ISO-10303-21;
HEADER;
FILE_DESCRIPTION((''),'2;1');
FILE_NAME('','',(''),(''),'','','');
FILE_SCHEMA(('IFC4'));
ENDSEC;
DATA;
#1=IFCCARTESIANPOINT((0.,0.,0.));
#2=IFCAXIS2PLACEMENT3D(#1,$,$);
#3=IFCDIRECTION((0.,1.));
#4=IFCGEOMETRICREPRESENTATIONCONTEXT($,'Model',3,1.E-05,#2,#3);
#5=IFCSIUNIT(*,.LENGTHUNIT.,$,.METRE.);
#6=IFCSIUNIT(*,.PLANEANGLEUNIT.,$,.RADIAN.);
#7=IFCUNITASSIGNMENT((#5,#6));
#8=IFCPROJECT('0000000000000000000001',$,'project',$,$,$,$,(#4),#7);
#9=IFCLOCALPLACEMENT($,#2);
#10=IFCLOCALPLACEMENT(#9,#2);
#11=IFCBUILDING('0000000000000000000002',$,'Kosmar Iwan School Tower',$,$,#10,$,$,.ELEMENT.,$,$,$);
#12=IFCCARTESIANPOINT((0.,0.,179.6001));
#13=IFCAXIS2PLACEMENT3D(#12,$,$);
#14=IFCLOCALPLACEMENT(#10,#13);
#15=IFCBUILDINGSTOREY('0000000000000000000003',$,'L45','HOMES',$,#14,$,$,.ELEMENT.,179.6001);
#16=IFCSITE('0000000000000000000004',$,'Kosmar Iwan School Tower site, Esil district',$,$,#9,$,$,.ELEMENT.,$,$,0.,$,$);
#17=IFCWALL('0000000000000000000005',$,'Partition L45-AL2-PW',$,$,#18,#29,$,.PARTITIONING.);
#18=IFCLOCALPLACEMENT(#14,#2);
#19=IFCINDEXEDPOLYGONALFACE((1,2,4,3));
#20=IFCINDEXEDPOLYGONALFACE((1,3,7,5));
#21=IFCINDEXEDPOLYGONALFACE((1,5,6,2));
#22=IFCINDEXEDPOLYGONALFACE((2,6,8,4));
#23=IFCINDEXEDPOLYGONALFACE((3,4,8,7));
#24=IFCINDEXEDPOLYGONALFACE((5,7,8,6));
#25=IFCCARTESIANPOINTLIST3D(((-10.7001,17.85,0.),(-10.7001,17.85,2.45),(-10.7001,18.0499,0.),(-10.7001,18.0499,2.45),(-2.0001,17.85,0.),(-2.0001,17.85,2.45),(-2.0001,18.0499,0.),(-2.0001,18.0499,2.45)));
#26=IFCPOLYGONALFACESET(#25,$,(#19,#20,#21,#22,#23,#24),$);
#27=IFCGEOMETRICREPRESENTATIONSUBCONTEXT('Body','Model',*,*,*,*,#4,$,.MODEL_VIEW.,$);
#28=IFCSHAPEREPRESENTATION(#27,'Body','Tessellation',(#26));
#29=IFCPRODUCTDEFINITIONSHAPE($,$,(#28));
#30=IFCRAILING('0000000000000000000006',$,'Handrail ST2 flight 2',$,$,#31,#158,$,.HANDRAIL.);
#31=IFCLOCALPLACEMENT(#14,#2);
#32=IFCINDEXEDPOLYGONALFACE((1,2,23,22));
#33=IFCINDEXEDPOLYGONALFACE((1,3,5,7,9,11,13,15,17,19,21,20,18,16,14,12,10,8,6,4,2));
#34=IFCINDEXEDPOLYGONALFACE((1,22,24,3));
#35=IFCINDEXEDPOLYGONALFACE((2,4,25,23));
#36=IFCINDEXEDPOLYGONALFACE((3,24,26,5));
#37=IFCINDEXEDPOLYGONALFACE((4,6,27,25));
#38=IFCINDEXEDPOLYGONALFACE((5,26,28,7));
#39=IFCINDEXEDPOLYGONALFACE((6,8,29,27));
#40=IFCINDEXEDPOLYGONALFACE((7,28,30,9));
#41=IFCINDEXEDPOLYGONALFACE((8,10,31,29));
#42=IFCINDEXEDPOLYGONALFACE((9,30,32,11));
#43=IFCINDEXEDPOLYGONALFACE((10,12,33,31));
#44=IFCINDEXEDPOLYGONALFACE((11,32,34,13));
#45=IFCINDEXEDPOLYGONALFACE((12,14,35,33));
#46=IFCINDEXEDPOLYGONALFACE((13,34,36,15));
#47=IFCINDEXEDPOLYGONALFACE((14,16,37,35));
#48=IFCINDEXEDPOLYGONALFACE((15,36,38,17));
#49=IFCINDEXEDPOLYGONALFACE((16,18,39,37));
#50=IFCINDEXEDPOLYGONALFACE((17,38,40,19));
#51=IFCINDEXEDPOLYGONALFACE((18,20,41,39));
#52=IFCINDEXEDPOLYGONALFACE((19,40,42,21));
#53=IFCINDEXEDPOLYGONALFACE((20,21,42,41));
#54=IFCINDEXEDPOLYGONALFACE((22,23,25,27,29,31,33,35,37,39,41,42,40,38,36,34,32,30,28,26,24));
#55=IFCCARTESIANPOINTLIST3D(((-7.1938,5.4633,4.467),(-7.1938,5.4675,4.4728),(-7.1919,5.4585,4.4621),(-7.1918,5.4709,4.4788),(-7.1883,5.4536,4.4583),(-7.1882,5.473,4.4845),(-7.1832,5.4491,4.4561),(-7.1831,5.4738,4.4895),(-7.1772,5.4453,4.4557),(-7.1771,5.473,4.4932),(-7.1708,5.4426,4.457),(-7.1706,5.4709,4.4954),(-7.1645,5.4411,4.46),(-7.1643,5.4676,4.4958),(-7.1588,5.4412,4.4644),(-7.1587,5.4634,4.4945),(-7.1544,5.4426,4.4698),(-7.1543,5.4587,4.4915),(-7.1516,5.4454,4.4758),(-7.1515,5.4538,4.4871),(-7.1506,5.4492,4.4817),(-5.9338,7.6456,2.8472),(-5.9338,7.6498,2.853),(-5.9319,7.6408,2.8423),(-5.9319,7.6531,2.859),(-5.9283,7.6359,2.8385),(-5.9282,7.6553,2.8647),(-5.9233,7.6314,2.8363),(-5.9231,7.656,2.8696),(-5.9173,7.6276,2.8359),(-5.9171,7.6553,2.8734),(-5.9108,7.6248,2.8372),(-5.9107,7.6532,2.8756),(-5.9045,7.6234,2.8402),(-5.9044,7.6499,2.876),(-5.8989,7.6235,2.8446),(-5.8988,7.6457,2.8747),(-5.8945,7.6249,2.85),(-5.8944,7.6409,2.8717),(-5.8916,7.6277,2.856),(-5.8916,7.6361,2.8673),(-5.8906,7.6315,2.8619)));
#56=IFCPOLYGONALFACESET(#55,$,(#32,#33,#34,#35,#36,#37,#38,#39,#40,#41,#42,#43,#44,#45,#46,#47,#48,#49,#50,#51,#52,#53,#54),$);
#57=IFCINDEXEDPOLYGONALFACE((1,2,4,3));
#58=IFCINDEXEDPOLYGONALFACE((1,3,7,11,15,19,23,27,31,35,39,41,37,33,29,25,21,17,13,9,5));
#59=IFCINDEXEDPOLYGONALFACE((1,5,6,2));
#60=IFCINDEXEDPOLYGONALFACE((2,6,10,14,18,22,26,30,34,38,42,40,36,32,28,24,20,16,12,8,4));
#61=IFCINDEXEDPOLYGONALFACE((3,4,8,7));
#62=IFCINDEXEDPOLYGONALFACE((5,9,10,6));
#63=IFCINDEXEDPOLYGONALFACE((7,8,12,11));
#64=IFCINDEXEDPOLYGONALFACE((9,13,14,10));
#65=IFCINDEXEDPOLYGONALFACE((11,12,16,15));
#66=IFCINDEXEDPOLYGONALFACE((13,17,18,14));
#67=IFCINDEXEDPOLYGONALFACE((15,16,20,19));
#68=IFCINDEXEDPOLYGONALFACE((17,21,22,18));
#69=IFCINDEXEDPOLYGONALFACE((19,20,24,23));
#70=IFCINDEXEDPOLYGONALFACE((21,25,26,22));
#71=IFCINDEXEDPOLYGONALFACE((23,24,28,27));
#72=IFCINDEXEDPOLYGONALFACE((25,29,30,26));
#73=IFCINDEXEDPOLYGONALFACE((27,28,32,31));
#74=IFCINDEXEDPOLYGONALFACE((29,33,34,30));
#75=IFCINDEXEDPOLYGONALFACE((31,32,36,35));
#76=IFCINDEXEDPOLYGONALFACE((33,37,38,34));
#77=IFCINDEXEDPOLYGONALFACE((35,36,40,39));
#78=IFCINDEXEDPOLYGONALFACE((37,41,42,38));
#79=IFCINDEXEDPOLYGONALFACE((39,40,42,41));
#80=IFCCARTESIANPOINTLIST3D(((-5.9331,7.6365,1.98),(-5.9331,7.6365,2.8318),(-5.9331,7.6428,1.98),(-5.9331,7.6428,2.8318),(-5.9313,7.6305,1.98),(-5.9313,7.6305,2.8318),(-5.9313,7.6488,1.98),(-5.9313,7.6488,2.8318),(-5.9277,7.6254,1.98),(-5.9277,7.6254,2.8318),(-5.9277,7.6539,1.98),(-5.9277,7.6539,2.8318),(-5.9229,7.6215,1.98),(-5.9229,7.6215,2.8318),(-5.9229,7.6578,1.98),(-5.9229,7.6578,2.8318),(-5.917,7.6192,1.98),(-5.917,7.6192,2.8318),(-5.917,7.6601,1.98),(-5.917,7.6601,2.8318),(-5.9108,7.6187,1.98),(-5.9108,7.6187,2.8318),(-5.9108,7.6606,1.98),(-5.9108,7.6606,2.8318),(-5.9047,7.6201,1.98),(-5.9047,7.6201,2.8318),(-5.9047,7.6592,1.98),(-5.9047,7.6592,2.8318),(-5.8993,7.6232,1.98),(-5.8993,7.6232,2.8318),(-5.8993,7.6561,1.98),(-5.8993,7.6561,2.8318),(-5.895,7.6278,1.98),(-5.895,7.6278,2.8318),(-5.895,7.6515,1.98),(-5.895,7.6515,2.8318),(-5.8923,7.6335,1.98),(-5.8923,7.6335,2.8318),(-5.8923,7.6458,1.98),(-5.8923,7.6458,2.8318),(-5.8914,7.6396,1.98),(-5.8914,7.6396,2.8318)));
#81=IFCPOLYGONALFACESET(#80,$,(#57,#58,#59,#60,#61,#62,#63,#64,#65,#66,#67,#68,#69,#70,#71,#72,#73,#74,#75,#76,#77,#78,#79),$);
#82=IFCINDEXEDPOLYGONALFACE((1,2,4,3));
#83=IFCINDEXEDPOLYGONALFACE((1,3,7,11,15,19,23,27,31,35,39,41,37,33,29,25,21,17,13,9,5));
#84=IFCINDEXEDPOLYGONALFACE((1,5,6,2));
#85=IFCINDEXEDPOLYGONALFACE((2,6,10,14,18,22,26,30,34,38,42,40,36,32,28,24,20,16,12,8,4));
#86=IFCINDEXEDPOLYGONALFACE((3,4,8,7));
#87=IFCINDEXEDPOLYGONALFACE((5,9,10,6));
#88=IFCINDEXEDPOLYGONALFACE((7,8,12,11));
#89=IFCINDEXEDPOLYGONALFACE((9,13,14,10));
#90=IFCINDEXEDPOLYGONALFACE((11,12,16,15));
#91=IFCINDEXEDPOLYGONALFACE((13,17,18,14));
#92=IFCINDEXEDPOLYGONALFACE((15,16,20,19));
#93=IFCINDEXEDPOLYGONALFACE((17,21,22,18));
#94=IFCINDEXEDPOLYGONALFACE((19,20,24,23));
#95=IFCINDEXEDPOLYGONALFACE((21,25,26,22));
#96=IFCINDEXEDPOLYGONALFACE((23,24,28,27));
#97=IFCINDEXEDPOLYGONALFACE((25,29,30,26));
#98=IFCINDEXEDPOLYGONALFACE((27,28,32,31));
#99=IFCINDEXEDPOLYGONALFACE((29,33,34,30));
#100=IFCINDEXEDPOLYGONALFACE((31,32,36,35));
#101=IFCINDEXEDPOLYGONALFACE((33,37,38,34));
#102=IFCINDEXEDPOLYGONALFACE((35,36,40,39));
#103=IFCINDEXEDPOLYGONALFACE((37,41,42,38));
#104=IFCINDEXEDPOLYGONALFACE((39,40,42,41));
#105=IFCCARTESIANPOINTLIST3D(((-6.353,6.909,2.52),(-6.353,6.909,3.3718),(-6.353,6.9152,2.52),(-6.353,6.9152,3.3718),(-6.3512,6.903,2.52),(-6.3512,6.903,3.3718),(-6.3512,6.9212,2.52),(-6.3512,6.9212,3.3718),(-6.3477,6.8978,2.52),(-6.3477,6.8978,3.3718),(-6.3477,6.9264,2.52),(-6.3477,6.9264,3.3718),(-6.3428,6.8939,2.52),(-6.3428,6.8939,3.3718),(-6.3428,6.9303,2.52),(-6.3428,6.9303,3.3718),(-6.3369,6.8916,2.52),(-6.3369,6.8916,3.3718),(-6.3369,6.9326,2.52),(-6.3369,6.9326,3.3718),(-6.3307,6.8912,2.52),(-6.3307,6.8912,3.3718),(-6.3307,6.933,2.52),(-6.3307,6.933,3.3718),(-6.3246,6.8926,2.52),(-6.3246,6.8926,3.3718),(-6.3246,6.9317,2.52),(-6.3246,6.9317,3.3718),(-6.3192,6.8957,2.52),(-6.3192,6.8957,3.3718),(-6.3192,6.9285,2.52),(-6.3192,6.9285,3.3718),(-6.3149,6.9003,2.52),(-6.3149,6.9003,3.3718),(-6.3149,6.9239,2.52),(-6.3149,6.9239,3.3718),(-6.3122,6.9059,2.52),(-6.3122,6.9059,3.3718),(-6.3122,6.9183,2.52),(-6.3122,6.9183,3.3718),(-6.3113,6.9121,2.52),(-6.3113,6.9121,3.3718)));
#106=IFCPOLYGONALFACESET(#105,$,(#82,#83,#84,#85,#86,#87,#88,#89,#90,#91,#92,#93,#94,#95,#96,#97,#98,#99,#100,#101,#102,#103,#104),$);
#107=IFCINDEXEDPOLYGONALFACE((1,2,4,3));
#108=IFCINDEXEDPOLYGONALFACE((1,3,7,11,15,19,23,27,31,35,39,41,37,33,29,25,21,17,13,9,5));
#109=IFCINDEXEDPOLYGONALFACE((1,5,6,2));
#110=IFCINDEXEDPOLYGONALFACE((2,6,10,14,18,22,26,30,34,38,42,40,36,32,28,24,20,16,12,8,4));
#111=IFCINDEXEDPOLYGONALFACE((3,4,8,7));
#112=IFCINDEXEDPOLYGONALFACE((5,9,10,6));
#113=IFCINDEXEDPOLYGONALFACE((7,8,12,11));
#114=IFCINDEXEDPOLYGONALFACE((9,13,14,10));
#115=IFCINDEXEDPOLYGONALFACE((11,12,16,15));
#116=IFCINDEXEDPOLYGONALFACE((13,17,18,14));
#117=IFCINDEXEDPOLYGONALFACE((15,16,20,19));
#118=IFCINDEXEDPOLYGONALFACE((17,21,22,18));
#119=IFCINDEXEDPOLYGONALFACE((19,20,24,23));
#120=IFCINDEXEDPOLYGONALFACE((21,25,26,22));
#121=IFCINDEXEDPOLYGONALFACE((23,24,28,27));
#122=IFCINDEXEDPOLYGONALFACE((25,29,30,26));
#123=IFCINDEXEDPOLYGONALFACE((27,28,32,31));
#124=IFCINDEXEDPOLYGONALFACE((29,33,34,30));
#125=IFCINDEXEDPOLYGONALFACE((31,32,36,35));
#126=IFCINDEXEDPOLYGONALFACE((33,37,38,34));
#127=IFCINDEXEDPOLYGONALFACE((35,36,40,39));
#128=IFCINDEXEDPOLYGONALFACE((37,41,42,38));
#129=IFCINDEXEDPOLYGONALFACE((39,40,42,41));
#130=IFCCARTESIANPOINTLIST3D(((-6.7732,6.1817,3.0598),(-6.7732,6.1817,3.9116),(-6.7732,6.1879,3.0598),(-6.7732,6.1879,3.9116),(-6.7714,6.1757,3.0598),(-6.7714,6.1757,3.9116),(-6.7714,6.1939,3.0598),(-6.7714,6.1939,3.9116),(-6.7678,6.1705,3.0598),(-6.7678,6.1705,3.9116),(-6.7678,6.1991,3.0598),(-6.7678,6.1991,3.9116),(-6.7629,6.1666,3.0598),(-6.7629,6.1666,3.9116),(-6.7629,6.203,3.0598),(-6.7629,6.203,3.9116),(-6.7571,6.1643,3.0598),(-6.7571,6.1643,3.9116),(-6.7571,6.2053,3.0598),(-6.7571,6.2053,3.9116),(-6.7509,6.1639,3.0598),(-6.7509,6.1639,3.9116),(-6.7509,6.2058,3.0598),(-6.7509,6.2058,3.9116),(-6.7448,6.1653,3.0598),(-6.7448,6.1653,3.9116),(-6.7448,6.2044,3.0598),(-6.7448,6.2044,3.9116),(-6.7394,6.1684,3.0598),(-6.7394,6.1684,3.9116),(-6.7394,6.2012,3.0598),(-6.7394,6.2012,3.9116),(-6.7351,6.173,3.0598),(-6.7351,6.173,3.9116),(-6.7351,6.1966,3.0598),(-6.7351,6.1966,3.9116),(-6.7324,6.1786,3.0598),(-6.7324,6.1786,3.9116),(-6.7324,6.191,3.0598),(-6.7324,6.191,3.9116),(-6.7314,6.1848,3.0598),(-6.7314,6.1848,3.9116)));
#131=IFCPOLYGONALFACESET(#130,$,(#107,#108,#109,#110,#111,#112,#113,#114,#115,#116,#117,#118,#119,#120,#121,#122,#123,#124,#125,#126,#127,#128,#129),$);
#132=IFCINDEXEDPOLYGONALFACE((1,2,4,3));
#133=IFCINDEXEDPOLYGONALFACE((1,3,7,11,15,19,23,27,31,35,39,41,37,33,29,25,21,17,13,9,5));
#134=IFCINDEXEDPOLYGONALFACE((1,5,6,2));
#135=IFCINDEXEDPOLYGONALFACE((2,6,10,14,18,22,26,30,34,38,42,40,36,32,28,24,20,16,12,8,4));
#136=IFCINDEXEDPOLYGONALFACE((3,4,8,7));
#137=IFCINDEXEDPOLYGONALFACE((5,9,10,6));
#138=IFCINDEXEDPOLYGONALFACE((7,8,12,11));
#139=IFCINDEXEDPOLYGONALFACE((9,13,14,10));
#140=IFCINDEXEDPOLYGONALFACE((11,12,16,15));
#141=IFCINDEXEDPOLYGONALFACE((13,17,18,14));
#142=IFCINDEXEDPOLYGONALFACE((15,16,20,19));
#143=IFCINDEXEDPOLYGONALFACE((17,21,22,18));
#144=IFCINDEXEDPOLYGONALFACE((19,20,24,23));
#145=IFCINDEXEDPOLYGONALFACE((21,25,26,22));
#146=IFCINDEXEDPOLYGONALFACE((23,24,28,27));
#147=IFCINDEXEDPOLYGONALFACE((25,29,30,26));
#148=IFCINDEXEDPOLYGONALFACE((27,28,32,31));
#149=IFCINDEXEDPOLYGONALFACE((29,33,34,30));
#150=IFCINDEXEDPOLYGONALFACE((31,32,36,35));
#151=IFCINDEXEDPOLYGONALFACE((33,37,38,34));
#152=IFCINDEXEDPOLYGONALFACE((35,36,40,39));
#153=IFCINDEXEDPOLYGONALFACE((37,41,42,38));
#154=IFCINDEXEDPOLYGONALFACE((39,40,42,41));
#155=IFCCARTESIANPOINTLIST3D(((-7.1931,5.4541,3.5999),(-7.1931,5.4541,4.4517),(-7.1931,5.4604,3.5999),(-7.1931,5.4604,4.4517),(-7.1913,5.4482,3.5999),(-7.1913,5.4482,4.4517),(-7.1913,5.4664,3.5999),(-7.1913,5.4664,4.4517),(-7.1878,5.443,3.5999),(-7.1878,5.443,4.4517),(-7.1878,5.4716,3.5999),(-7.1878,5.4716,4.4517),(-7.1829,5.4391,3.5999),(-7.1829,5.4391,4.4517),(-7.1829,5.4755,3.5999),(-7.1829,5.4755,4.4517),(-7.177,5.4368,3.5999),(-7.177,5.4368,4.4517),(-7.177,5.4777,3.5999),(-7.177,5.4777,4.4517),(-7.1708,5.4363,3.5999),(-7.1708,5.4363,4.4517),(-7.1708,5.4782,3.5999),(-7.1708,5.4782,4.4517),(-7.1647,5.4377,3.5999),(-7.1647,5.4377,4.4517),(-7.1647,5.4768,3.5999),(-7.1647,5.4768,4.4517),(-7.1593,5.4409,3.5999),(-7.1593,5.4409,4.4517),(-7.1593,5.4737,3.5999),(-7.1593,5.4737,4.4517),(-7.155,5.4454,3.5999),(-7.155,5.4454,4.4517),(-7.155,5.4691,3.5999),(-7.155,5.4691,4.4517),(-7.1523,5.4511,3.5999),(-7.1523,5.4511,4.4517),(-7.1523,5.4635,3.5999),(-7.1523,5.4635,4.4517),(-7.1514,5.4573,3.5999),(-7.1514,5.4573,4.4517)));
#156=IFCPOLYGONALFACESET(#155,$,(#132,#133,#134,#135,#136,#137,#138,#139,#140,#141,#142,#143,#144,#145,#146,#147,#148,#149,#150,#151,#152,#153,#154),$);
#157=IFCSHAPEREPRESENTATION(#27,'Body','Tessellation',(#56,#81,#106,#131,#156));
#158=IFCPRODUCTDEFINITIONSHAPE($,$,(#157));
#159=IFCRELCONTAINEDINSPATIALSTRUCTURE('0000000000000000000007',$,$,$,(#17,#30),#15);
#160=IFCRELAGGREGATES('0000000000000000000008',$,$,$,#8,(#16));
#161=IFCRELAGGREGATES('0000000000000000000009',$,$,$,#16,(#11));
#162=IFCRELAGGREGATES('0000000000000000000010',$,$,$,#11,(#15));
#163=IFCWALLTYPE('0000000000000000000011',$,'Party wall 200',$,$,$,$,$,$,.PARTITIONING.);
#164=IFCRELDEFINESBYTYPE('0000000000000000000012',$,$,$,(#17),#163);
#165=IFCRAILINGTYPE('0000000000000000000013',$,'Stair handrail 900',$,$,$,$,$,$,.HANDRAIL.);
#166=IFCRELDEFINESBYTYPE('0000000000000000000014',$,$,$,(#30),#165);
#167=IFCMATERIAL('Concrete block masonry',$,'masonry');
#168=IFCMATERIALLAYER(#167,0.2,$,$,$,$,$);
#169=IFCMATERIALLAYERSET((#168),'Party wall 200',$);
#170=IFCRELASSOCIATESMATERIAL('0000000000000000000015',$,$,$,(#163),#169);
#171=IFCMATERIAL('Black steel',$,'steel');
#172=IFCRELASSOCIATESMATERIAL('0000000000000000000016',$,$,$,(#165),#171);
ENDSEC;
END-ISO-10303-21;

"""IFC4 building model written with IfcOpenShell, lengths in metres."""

from ifc_helpers import new_model, si_unit, direction, frame, frame_2d, origin, origin_2d, place, context, subcontext, project, spatial, rectangle, circle, extrude, material, layer, layer_set, type_object, element, save


model = new_model("IFC4")

# Units and contexts
model_context = context("Model", 3, precision=1e-05, world=origin(), true_north=direction((0.0, 1.0)))
body_context = subcontext(model_context, "Body", "Model", "MODEL_VIEW")
ifc_project = project(units=[si_unit("LENGTHUNIT", "METRE"), si_unit("PLANEANGLEUNIT", "RADIAN")], contexts=[model_context])

# Site, building, storey
site_placement = place(None, origin())
site = spatial("IfcSite", under=ifc_project, at=site_placement, Name="Kosmar Iwan School Tower site, Esil district", CompositionType="ELEMENT", RefElevation=0.0)
building_placement = place(site_placement, origin())
building = spatial("IfcBuilding", under=site, at=building_placement, Name="Kosmar Iwan School Tower", CompositionType="ELEMENT")
storey_placement = place(building_placement, frame((0.0, 0.0, 179.6001)))
storey = spatial("IfcBuildingStorey", under=building, at=storey_placement, Name="L45", Description="HOMES", CompositionType="ELEMENT", Elevation=179.6001)

# Wall
ifc_material_1 = material(Name="Concrete block masonry", Category="masonry")
ifc_layer_1 = layer(ifc_material_1, 0.2)
ifc_layer_set_1 = layer_set([ifc_layer_1], Name="Party wall 200")
wall_type_1 = type_object("IfcWallType", Name="Party wall 200", PredefinedType="PARTITIONING", material=ifc_layer_set_1)
wall_1_placement = place(storey_placement, frame((-2.0, 17.95, 0.0), z_axis=(0.0, 0.0, 1.0), x_axis=(-1.0, 0.0, 0.0)))
element("IfcWall", 1, at=wall_1_placement, inside=storey, type_object=wall_type_1, Name="Partition L45-AL2-PW", PredefinedType="PARTITIONING", context=body_context, shape_type="SweptSolid", body=[
    extrude(rectangle(XDim=8.7, YDim=0.2, at=frame_2d((4.3501, 0.0))), origin(), (0.0, 0.0, 1.0), 2.45),
])

# Railing
ifc_material_2 = material(Name="Black steel", Category="steel")
railing_type = type_object("IfcRailingType", Name="Stair handrail 900", PredefinedType="HANDRAIL", material=ifc_material_2)
railing_placement = place(storey_placement, frame((-5.9124, 7.6396, 1.98)))
element("IfcRailing", 2, at=railing_placement, inside=storey, type_object=railing_type, Name="Handrail ST2 flight 2", PredefinedType="HANDRAIL", context=body_context, shape_type="SweptSolid", body=[
    extrude(circle(Radius=0.0239, at=origin_2d()), frame((0.0, 0.0, 0.876), z_axis=(-0.420603, -0.728496, 0.540728), x_axis=(0.866023, -0.500005, 0.0)), (0.0, 0.0, 1.0), 2.9956),
    extrude(circle(Radius=0.021, at=origin_2d()), origin(), (0.0, 0.0, 1.0), 0.8518),
    extrude(circle(Radius=0.021, at=origin_2d()), frame((-0.4199, -0.7275, 0.54)), (0.0, 0.0, 1.0), 0.8518),
    extrude(circle(Radius=0.021, at=origin_2d()), frame((-0.8401, -1.4548, 1.0798)), (0.0, 0.0, 1.0), 0.8518),
    extrude(circle(Radius=0.021, at=origin_2d()), frame((-1.26, -2.1824, 1.6199)), (0.0, 0.0, 1.0), 0.8518),
])

save(model, "model.ifc")
